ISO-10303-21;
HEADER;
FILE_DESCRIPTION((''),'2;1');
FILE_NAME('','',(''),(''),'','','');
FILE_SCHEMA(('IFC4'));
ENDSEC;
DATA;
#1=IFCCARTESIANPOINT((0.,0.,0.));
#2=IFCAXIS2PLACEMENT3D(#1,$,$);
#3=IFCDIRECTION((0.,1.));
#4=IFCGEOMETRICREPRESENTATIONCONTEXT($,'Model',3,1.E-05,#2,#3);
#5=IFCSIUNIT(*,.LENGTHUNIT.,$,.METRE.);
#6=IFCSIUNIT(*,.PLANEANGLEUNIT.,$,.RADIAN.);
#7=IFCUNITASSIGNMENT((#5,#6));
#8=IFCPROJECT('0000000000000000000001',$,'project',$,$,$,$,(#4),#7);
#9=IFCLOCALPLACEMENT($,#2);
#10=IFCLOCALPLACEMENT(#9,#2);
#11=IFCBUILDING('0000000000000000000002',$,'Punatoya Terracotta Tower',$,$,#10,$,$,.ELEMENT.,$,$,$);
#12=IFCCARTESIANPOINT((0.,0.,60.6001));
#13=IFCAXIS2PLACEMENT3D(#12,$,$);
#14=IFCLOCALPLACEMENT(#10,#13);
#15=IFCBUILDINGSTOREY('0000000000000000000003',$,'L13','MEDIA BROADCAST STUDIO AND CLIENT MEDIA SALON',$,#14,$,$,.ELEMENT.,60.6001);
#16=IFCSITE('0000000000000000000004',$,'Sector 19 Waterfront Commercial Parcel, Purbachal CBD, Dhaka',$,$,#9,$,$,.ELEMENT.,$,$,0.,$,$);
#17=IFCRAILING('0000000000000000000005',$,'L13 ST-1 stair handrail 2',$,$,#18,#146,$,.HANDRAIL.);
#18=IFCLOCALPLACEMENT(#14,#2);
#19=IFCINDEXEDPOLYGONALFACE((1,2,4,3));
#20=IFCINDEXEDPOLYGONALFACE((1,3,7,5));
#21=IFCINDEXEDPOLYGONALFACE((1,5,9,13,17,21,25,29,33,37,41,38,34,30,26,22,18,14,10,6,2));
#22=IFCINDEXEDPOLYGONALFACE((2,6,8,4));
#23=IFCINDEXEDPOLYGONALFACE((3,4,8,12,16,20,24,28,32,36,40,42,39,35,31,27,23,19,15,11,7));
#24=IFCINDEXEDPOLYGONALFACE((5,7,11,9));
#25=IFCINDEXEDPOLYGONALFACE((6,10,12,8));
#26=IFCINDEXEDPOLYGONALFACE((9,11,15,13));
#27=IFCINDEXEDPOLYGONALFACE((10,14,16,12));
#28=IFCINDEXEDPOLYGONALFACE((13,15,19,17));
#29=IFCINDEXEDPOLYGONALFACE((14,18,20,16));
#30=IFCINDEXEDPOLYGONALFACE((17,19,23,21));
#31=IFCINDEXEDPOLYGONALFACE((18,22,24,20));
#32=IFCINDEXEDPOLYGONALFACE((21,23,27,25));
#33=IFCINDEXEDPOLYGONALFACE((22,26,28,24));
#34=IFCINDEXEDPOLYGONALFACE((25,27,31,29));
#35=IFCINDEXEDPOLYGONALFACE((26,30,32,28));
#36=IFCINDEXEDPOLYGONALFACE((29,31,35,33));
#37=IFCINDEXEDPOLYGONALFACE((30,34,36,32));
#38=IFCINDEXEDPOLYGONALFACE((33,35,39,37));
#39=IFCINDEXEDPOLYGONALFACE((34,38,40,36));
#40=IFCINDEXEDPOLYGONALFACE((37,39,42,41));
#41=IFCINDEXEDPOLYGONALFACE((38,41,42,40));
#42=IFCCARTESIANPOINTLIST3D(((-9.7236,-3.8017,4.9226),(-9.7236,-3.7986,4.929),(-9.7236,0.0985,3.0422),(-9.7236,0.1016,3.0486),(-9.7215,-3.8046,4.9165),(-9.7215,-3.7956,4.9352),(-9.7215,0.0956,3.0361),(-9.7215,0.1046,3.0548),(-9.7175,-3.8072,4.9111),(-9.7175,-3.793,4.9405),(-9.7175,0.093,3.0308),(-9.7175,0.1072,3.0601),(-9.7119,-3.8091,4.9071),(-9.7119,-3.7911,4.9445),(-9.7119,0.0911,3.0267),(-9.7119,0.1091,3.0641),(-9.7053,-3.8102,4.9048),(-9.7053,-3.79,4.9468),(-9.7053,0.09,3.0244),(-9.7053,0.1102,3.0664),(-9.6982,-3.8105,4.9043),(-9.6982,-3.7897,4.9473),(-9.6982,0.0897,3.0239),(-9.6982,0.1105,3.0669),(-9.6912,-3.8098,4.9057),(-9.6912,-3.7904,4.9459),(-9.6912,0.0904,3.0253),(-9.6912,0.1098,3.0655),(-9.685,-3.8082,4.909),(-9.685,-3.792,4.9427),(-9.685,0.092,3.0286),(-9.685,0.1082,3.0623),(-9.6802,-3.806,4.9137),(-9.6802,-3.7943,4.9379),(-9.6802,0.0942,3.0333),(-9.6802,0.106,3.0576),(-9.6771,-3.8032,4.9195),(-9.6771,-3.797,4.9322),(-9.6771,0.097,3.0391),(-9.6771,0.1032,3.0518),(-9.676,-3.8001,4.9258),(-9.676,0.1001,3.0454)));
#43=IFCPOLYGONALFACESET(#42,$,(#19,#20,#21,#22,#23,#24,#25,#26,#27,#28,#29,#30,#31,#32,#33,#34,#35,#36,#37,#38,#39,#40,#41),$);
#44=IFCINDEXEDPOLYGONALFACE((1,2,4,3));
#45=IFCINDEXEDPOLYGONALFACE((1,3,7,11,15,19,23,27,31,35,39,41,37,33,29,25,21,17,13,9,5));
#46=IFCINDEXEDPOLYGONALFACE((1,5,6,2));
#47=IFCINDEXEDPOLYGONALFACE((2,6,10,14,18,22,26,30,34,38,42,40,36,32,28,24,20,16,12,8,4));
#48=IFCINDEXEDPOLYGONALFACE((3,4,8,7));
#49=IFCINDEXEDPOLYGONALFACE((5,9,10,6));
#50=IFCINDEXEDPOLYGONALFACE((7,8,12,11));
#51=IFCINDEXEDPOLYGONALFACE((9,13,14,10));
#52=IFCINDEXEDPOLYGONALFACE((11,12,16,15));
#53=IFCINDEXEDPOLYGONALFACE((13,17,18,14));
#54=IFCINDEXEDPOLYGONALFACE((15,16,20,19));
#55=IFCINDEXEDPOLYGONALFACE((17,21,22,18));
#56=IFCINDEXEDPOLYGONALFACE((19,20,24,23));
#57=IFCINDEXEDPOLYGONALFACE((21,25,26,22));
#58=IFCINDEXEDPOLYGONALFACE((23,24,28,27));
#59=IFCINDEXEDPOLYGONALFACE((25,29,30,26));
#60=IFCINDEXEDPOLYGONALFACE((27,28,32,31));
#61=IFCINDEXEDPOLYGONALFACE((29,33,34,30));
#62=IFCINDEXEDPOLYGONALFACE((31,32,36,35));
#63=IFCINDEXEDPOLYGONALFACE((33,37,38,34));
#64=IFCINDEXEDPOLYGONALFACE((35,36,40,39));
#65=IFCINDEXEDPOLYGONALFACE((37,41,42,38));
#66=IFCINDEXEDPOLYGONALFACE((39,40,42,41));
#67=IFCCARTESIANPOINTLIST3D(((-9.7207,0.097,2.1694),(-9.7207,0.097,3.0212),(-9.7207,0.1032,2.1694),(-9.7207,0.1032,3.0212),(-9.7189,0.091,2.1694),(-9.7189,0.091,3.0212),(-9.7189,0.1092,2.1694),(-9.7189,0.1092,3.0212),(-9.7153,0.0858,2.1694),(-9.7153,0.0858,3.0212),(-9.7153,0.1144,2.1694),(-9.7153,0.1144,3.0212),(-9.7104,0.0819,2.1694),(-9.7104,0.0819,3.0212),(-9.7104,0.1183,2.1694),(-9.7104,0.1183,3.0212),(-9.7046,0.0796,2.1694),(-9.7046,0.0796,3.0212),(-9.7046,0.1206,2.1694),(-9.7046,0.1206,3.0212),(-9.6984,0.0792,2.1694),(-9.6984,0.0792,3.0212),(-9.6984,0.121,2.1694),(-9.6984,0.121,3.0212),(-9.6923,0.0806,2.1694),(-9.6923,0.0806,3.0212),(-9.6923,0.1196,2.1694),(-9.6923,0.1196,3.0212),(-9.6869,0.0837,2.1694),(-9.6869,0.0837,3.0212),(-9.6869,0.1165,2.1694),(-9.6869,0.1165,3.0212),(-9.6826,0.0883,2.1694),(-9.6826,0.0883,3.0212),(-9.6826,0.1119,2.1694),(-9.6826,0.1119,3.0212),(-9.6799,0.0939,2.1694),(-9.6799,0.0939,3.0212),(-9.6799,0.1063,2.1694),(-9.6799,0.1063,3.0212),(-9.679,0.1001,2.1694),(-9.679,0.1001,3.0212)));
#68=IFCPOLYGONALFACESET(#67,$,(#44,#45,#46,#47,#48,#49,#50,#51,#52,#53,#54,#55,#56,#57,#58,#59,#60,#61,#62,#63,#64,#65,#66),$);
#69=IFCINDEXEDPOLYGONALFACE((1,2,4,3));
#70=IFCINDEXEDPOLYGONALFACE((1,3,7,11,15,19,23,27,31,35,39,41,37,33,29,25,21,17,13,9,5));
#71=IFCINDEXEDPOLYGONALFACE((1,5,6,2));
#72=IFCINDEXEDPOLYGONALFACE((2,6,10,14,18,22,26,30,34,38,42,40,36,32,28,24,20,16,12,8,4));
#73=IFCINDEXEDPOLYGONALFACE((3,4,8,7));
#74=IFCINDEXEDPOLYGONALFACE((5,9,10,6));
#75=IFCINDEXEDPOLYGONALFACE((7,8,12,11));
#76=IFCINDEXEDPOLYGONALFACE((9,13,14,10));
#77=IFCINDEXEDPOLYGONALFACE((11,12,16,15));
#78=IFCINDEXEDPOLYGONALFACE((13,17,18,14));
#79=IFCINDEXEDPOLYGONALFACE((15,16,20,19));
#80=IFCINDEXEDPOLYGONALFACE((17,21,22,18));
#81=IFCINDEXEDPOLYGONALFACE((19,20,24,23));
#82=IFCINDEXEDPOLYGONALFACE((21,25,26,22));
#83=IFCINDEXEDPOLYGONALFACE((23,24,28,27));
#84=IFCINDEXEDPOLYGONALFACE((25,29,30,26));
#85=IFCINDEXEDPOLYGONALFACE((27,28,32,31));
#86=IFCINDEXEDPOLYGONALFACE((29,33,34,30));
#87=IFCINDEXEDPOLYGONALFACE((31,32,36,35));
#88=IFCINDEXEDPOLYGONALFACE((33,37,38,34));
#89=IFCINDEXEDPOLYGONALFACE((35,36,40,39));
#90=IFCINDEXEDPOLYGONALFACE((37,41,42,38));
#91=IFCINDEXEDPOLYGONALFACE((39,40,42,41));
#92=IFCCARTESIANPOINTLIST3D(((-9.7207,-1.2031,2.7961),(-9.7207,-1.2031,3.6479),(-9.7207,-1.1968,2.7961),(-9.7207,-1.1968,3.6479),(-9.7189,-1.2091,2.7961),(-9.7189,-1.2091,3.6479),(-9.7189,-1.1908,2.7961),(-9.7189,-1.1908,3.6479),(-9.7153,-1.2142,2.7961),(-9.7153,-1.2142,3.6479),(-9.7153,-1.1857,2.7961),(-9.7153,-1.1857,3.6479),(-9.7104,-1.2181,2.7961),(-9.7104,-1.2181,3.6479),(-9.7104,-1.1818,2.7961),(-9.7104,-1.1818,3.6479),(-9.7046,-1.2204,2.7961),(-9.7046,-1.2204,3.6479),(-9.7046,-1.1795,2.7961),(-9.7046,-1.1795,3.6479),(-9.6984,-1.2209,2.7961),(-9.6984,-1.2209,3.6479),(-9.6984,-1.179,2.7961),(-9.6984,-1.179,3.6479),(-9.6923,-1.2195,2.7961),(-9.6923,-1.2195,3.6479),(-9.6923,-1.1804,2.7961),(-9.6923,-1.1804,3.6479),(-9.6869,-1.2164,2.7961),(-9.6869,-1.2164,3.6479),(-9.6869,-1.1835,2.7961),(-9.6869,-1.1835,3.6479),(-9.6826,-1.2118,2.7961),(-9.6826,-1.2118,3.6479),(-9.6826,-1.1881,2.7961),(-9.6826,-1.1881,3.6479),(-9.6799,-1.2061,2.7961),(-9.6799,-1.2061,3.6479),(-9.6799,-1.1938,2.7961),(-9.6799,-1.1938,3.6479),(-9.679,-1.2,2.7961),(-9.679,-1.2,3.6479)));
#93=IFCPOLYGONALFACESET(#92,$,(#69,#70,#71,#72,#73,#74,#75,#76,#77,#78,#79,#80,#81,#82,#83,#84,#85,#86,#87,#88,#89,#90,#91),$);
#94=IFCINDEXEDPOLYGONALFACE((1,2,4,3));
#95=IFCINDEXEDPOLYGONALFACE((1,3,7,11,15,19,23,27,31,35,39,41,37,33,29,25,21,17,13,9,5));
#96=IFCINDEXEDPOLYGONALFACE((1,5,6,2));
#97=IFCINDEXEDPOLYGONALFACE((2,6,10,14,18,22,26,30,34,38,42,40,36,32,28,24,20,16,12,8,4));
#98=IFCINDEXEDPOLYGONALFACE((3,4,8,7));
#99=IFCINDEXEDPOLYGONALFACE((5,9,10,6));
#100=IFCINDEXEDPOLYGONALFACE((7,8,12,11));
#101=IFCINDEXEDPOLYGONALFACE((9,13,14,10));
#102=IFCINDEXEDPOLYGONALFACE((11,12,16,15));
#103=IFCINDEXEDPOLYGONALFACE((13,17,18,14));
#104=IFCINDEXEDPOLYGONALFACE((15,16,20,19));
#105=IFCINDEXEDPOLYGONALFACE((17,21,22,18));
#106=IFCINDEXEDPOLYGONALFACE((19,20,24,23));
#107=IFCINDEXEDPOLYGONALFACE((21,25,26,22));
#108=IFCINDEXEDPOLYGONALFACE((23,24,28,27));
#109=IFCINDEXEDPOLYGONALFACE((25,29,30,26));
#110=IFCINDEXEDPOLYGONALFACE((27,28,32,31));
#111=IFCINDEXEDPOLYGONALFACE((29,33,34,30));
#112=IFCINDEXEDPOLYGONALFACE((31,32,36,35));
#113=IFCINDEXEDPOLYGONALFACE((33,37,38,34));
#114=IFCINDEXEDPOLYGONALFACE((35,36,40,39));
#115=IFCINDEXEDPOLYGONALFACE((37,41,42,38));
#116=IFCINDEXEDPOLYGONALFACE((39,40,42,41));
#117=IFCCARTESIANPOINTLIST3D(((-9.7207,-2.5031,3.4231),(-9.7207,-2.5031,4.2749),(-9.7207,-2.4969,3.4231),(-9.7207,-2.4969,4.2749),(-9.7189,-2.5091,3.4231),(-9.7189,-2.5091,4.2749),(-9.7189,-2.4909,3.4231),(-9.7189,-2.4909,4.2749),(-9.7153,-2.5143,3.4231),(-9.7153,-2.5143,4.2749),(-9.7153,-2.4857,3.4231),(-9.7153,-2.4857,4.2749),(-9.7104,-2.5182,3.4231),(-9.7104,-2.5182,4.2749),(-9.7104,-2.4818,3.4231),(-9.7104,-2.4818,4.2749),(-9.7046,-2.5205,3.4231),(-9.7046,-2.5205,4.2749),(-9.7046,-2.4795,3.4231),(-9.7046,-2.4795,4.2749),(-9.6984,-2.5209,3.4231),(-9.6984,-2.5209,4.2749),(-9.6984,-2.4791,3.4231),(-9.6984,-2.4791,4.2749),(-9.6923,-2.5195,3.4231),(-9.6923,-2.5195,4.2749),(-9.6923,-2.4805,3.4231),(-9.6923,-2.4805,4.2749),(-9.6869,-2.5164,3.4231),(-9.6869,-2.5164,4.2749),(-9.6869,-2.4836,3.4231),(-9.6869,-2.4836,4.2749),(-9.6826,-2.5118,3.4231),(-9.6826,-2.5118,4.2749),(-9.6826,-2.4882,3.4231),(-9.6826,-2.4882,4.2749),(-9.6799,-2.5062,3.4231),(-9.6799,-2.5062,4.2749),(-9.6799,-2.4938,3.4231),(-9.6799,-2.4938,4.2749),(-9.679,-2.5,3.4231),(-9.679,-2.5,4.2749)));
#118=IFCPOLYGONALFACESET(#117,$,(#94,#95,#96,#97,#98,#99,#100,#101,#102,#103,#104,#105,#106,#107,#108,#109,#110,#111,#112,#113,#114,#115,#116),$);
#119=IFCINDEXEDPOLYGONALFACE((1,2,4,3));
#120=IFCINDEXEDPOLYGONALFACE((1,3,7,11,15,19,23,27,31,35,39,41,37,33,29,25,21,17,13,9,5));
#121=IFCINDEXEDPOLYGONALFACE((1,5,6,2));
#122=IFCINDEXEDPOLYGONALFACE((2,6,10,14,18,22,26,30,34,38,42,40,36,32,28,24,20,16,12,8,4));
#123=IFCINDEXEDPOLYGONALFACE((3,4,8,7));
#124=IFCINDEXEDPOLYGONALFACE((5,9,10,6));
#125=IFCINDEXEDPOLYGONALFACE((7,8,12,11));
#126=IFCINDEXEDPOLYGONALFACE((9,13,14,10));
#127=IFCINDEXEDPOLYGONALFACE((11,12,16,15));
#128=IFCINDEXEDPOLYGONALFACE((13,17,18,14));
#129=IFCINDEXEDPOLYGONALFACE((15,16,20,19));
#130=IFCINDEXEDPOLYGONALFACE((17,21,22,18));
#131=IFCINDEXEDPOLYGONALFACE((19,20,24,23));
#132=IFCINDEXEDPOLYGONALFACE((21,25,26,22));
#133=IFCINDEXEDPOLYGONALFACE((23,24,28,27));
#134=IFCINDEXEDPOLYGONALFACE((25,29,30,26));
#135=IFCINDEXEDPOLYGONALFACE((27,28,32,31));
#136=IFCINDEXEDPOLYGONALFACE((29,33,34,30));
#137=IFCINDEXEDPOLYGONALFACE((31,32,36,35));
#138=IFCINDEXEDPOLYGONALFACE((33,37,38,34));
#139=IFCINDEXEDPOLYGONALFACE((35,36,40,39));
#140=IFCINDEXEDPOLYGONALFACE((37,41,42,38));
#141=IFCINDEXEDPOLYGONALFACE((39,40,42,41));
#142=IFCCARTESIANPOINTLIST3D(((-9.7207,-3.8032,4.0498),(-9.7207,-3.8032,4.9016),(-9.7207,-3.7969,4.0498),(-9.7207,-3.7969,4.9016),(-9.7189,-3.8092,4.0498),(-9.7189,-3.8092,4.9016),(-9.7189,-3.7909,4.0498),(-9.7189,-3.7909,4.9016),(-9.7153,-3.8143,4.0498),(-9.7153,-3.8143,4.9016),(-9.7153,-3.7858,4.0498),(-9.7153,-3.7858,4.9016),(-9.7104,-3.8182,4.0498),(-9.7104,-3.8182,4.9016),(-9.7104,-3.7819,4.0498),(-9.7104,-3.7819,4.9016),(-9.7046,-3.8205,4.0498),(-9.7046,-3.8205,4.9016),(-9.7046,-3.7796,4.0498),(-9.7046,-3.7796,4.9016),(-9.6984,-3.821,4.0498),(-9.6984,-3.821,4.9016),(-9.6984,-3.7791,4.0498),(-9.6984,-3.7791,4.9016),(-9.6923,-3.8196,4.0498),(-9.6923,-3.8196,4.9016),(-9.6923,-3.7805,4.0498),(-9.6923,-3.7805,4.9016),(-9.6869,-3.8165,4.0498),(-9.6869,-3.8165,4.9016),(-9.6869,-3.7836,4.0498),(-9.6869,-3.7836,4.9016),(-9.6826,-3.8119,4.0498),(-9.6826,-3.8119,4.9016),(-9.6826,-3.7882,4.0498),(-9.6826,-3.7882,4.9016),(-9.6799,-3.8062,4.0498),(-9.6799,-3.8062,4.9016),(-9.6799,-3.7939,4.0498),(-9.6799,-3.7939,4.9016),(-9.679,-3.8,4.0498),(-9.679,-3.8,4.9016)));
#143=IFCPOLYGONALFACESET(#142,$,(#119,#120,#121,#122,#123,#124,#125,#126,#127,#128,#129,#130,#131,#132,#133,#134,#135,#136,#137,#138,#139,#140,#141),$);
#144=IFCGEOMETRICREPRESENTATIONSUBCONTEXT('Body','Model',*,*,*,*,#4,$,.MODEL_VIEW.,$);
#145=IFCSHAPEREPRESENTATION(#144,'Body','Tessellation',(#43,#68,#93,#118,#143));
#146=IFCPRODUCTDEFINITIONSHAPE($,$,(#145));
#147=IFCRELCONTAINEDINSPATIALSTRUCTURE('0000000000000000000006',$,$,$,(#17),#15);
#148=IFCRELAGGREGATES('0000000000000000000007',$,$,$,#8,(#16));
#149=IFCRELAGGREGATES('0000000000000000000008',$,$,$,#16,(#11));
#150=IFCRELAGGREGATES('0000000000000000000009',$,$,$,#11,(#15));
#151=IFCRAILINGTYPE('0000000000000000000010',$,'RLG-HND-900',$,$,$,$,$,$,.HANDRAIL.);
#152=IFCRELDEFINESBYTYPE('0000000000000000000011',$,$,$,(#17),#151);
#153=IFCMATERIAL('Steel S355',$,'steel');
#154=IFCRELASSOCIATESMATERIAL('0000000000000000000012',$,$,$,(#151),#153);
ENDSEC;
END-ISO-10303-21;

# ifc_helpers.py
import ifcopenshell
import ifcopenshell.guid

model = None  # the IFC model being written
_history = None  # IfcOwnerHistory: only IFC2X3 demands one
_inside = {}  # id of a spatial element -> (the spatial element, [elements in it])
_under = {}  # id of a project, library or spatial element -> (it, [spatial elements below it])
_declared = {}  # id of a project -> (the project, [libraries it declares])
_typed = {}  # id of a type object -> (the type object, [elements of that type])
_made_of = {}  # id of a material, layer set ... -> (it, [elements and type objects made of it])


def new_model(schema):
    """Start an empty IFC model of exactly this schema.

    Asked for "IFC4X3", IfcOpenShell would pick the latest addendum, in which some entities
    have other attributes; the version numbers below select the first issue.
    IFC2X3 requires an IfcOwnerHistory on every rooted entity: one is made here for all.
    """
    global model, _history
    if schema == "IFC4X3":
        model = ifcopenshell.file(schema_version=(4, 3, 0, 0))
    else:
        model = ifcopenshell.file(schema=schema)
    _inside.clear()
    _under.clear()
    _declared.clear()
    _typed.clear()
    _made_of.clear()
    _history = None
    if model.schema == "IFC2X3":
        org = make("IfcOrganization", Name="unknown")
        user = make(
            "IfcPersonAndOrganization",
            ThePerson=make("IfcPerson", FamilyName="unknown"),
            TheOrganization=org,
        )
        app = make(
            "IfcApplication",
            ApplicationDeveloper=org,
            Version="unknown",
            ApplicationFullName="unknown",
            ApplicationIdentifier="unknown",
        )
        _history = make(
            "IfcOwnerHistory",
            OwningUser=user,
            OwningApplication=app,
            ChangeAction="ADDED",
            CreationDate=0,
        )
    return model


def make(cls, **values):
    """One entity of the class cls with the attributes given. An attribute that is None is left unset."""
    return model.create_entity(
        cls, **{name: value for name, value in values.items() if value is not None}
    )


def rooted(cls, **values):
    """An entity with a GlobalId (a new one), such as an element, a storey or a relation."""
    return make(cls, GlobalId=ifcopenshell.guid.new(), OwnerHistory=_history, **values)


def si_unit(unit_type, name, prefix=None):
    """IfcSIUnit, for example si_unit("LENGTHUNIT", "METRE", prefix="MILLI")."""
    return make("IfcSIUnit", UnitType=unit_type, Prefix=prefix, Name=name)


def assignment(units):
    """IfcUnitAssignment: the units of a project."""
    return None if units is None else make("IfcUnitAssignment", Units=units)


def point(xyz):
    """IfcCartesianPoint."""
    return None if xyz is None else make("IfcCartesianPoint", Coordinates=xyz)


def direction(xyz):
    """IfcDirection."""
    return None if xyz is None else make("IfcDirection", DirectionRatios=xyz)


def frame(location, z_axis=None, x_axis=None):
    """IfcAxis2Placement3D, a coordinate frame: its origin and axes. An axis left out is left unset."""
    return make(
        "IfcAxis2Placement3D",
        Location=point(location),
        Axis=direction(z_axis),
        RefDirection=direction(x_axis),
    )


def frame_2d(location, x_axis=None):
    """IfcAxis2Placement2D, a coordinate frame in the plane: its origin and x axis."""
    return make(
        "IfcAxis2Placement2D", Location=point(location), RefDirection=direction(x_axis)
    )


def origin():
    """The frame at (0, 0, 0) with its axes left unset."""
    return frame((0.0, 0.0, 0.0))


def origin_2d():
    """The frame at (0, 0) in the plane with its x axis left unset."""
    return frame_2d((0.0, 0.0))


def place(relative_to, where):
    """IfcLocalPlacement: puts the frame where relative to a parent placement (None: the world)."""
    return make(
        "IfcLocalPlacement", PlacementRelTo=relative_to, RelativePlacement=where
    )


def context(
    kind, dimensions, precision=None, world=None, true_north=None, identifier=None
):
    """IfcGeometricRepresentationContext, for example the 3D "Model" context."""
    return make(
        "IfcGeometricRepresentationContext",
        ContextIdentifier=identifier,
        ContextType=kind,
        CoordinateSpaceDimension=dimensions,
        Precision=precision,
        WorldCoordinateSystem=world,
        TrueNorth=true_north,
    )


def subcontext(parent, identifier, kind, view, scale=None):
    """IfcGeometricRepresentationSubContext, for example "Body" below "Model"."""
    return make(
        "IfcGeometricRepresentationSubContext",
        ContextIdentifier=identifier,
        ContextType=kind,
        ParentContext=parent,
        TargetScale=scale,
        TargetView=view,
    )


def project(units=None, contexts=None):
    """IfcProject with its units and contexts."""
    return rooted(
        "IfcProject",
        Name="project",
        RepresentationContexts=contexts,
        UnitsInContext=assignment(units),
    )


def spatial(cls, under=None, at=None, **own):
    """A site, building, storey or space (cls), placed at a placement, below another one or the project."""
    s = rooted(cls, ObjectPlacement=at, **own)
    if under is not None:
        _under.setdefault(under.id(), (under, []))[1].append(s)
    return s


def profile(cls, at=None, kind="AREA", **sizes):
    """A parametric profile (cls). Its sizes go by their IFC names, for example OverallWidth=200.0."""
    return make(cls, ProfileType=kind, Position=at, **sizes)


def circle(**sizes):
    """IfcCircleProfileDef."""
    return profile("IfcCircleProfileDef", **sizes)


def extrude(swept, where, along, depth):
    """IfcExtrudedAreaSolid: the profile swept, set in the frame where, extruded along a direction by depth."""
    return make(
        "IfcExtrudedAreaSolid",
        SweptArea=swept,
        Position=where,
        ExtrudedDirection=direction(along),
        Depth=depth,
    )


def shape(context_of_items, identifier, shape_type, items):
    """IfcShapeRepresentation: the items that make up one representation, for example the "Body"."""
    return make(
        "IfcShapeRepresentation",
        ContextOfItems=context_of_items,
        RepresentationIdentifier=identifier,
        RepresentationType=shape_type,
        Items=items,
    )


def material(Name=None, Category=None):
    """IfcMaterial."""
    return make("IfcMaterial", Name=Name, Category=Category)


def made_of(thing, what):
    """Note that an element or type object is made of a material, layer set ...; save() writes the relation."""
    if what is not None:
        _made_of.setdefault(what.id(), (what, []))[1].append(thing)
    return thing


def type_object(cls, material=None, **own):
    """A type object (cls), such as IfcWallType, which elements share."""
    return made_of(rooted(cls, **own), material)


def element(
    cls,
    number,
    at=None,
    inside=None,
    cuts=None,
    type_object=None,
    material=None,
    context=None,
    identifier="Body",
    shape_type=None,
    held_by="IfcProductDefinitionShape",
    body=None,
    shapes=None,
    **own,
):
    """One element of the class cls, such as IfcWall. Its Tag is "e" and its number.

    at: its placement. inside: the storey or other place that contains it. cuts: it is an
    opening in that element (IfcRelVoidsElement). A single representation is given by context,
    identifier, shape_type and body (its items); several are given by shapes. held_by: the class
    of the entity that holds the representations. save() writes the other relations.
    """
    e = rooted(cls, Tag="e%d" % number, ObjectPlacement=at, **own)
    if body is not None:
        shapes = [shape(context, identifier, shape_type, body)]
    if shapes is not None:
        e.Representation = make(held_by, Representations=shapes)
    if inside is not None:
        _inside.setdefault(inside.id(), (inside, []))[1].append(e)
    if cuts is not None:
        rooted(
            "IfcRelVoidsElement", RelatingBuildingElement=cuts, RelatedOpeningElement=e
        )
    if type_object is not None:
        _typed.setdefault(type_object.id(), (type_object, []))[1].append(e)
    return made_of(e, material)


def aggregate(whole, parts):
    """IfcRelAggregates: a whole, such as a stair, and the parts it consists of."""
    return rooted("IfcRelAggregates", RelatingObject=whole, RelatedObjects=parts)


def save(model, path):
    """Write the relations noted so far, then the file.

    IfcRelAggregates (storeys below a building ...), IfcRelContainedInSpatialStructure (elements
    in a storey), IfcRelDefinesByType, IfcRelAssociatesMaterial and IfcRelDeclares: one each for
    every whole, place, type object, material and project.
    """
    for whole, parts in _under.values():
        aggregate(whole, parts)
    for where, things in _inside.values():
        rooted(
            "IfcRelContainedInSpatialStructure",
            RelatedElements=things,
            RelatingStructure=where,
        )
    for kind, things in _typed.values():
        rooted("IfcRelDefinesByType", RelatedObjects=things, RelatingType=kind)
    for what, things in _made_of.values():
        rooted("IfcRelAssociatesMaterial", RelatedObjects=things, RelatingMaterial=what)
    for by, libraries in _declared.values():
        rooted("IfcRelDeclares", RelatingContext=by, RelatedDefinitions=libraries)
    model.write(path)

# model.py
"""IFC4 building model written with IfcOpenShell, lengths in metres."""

from ifc_helpers import new_model, si_unit, direction, frame, origin, origin_2d, place, context, subcontext, project, spatial, circle, extrude, material, type_object, element, save


model = new_model("IFC4")

# Units and contexts
model_context = context("Model", 3, precision=1e-05, world=origin(), true_north=direction((0.0, 1.0)))
body_context = subcontext(model_context, "Body", "Model", "MODEL_VIEW")
ifc_project = project(units=[si_unit("LENGTHUNIT", "METRE"), si_unit("PLANEANGLEUNIT", "RADIAN")], contexts=[model_context])

# Site, building, storey
site_placement = place(None, origin())
site = spatial("IfcSite", under=ifc_project, at=site_placement, Name="Sector 19 Waterfront Commercial Parcel, Purbachal CBD, Dhaka", CompositionType="ELEMENT", RefElevation=0.0)
building_placement = place(site_placement, origin())
building = spatial("IfcBuilding", under=site, at=building_placement, Name="Punatoya Terracotta Tower", CompositionType="ELEMENT")
storey_placement = place(building_placement, frame((0.0, 0.0, 60.6001)))
storey = spatial("IfcBuildingStorey", under=building, at=storey_placement, Name="L13", Description="MEDIA BROADCAST STUDIO AND CLIENT MEDIA SALON", CompositionType="ELEMENT", Elevation=60.6001)

# Shared definitions
ifc_material_1 = material(Name="Steel S355", Category="steel")

# Railing
railing_type_1 = type_object("IfcRailingType", Name="RLG-HND-900", PredefinedType="HANDRAIL", material=ifc_material_1)
railing_1_placement = place(storey_placement, frame((-9.7, 0.1001, 2.1694)))
element("IfcRailing", 1, at=railing_1_placement, inside=storey, type_object=railing_type_1, Name="L13 ST-1 stair handrail 2", PredefinedType="HANDRAIL", context=body_context, shape_type="SweptSolid", body=[
    extrude(circle(Radius=0.0239, at=origin_2d()), frame((0.0, 0.0, 0.876), z_axis=(0.0, -0.900774, 0.434289), x_axis=(1.0, 0.0, 0.0)), (0.0, 0.0, 1.0), 4.3298),
    extrude(circle(Radius=0.021, at=origin_2d()), origin(), (0.0, 0.0, 1.0), 0.8518),
    extrude(circle(Radius=0.021, at=origin_2d()), frame((0.0, -1.3, 0.6267)), (0.0, 0.0, 1.0), 0.8518),
    extrude(circle(Radius=0.021, at=origin_2d()), frame((0.0, -2.6001, 1.2537)), (0.0, 0.0, 1.0), 0.8518),
    extrude(circle(Radius=0.021, at=origin_2d()), frame((0.0, -3.9001, 1.8804)), (0.0, 0.0, 1.0), 0.8518),
])

save(model, "model.ifc")
